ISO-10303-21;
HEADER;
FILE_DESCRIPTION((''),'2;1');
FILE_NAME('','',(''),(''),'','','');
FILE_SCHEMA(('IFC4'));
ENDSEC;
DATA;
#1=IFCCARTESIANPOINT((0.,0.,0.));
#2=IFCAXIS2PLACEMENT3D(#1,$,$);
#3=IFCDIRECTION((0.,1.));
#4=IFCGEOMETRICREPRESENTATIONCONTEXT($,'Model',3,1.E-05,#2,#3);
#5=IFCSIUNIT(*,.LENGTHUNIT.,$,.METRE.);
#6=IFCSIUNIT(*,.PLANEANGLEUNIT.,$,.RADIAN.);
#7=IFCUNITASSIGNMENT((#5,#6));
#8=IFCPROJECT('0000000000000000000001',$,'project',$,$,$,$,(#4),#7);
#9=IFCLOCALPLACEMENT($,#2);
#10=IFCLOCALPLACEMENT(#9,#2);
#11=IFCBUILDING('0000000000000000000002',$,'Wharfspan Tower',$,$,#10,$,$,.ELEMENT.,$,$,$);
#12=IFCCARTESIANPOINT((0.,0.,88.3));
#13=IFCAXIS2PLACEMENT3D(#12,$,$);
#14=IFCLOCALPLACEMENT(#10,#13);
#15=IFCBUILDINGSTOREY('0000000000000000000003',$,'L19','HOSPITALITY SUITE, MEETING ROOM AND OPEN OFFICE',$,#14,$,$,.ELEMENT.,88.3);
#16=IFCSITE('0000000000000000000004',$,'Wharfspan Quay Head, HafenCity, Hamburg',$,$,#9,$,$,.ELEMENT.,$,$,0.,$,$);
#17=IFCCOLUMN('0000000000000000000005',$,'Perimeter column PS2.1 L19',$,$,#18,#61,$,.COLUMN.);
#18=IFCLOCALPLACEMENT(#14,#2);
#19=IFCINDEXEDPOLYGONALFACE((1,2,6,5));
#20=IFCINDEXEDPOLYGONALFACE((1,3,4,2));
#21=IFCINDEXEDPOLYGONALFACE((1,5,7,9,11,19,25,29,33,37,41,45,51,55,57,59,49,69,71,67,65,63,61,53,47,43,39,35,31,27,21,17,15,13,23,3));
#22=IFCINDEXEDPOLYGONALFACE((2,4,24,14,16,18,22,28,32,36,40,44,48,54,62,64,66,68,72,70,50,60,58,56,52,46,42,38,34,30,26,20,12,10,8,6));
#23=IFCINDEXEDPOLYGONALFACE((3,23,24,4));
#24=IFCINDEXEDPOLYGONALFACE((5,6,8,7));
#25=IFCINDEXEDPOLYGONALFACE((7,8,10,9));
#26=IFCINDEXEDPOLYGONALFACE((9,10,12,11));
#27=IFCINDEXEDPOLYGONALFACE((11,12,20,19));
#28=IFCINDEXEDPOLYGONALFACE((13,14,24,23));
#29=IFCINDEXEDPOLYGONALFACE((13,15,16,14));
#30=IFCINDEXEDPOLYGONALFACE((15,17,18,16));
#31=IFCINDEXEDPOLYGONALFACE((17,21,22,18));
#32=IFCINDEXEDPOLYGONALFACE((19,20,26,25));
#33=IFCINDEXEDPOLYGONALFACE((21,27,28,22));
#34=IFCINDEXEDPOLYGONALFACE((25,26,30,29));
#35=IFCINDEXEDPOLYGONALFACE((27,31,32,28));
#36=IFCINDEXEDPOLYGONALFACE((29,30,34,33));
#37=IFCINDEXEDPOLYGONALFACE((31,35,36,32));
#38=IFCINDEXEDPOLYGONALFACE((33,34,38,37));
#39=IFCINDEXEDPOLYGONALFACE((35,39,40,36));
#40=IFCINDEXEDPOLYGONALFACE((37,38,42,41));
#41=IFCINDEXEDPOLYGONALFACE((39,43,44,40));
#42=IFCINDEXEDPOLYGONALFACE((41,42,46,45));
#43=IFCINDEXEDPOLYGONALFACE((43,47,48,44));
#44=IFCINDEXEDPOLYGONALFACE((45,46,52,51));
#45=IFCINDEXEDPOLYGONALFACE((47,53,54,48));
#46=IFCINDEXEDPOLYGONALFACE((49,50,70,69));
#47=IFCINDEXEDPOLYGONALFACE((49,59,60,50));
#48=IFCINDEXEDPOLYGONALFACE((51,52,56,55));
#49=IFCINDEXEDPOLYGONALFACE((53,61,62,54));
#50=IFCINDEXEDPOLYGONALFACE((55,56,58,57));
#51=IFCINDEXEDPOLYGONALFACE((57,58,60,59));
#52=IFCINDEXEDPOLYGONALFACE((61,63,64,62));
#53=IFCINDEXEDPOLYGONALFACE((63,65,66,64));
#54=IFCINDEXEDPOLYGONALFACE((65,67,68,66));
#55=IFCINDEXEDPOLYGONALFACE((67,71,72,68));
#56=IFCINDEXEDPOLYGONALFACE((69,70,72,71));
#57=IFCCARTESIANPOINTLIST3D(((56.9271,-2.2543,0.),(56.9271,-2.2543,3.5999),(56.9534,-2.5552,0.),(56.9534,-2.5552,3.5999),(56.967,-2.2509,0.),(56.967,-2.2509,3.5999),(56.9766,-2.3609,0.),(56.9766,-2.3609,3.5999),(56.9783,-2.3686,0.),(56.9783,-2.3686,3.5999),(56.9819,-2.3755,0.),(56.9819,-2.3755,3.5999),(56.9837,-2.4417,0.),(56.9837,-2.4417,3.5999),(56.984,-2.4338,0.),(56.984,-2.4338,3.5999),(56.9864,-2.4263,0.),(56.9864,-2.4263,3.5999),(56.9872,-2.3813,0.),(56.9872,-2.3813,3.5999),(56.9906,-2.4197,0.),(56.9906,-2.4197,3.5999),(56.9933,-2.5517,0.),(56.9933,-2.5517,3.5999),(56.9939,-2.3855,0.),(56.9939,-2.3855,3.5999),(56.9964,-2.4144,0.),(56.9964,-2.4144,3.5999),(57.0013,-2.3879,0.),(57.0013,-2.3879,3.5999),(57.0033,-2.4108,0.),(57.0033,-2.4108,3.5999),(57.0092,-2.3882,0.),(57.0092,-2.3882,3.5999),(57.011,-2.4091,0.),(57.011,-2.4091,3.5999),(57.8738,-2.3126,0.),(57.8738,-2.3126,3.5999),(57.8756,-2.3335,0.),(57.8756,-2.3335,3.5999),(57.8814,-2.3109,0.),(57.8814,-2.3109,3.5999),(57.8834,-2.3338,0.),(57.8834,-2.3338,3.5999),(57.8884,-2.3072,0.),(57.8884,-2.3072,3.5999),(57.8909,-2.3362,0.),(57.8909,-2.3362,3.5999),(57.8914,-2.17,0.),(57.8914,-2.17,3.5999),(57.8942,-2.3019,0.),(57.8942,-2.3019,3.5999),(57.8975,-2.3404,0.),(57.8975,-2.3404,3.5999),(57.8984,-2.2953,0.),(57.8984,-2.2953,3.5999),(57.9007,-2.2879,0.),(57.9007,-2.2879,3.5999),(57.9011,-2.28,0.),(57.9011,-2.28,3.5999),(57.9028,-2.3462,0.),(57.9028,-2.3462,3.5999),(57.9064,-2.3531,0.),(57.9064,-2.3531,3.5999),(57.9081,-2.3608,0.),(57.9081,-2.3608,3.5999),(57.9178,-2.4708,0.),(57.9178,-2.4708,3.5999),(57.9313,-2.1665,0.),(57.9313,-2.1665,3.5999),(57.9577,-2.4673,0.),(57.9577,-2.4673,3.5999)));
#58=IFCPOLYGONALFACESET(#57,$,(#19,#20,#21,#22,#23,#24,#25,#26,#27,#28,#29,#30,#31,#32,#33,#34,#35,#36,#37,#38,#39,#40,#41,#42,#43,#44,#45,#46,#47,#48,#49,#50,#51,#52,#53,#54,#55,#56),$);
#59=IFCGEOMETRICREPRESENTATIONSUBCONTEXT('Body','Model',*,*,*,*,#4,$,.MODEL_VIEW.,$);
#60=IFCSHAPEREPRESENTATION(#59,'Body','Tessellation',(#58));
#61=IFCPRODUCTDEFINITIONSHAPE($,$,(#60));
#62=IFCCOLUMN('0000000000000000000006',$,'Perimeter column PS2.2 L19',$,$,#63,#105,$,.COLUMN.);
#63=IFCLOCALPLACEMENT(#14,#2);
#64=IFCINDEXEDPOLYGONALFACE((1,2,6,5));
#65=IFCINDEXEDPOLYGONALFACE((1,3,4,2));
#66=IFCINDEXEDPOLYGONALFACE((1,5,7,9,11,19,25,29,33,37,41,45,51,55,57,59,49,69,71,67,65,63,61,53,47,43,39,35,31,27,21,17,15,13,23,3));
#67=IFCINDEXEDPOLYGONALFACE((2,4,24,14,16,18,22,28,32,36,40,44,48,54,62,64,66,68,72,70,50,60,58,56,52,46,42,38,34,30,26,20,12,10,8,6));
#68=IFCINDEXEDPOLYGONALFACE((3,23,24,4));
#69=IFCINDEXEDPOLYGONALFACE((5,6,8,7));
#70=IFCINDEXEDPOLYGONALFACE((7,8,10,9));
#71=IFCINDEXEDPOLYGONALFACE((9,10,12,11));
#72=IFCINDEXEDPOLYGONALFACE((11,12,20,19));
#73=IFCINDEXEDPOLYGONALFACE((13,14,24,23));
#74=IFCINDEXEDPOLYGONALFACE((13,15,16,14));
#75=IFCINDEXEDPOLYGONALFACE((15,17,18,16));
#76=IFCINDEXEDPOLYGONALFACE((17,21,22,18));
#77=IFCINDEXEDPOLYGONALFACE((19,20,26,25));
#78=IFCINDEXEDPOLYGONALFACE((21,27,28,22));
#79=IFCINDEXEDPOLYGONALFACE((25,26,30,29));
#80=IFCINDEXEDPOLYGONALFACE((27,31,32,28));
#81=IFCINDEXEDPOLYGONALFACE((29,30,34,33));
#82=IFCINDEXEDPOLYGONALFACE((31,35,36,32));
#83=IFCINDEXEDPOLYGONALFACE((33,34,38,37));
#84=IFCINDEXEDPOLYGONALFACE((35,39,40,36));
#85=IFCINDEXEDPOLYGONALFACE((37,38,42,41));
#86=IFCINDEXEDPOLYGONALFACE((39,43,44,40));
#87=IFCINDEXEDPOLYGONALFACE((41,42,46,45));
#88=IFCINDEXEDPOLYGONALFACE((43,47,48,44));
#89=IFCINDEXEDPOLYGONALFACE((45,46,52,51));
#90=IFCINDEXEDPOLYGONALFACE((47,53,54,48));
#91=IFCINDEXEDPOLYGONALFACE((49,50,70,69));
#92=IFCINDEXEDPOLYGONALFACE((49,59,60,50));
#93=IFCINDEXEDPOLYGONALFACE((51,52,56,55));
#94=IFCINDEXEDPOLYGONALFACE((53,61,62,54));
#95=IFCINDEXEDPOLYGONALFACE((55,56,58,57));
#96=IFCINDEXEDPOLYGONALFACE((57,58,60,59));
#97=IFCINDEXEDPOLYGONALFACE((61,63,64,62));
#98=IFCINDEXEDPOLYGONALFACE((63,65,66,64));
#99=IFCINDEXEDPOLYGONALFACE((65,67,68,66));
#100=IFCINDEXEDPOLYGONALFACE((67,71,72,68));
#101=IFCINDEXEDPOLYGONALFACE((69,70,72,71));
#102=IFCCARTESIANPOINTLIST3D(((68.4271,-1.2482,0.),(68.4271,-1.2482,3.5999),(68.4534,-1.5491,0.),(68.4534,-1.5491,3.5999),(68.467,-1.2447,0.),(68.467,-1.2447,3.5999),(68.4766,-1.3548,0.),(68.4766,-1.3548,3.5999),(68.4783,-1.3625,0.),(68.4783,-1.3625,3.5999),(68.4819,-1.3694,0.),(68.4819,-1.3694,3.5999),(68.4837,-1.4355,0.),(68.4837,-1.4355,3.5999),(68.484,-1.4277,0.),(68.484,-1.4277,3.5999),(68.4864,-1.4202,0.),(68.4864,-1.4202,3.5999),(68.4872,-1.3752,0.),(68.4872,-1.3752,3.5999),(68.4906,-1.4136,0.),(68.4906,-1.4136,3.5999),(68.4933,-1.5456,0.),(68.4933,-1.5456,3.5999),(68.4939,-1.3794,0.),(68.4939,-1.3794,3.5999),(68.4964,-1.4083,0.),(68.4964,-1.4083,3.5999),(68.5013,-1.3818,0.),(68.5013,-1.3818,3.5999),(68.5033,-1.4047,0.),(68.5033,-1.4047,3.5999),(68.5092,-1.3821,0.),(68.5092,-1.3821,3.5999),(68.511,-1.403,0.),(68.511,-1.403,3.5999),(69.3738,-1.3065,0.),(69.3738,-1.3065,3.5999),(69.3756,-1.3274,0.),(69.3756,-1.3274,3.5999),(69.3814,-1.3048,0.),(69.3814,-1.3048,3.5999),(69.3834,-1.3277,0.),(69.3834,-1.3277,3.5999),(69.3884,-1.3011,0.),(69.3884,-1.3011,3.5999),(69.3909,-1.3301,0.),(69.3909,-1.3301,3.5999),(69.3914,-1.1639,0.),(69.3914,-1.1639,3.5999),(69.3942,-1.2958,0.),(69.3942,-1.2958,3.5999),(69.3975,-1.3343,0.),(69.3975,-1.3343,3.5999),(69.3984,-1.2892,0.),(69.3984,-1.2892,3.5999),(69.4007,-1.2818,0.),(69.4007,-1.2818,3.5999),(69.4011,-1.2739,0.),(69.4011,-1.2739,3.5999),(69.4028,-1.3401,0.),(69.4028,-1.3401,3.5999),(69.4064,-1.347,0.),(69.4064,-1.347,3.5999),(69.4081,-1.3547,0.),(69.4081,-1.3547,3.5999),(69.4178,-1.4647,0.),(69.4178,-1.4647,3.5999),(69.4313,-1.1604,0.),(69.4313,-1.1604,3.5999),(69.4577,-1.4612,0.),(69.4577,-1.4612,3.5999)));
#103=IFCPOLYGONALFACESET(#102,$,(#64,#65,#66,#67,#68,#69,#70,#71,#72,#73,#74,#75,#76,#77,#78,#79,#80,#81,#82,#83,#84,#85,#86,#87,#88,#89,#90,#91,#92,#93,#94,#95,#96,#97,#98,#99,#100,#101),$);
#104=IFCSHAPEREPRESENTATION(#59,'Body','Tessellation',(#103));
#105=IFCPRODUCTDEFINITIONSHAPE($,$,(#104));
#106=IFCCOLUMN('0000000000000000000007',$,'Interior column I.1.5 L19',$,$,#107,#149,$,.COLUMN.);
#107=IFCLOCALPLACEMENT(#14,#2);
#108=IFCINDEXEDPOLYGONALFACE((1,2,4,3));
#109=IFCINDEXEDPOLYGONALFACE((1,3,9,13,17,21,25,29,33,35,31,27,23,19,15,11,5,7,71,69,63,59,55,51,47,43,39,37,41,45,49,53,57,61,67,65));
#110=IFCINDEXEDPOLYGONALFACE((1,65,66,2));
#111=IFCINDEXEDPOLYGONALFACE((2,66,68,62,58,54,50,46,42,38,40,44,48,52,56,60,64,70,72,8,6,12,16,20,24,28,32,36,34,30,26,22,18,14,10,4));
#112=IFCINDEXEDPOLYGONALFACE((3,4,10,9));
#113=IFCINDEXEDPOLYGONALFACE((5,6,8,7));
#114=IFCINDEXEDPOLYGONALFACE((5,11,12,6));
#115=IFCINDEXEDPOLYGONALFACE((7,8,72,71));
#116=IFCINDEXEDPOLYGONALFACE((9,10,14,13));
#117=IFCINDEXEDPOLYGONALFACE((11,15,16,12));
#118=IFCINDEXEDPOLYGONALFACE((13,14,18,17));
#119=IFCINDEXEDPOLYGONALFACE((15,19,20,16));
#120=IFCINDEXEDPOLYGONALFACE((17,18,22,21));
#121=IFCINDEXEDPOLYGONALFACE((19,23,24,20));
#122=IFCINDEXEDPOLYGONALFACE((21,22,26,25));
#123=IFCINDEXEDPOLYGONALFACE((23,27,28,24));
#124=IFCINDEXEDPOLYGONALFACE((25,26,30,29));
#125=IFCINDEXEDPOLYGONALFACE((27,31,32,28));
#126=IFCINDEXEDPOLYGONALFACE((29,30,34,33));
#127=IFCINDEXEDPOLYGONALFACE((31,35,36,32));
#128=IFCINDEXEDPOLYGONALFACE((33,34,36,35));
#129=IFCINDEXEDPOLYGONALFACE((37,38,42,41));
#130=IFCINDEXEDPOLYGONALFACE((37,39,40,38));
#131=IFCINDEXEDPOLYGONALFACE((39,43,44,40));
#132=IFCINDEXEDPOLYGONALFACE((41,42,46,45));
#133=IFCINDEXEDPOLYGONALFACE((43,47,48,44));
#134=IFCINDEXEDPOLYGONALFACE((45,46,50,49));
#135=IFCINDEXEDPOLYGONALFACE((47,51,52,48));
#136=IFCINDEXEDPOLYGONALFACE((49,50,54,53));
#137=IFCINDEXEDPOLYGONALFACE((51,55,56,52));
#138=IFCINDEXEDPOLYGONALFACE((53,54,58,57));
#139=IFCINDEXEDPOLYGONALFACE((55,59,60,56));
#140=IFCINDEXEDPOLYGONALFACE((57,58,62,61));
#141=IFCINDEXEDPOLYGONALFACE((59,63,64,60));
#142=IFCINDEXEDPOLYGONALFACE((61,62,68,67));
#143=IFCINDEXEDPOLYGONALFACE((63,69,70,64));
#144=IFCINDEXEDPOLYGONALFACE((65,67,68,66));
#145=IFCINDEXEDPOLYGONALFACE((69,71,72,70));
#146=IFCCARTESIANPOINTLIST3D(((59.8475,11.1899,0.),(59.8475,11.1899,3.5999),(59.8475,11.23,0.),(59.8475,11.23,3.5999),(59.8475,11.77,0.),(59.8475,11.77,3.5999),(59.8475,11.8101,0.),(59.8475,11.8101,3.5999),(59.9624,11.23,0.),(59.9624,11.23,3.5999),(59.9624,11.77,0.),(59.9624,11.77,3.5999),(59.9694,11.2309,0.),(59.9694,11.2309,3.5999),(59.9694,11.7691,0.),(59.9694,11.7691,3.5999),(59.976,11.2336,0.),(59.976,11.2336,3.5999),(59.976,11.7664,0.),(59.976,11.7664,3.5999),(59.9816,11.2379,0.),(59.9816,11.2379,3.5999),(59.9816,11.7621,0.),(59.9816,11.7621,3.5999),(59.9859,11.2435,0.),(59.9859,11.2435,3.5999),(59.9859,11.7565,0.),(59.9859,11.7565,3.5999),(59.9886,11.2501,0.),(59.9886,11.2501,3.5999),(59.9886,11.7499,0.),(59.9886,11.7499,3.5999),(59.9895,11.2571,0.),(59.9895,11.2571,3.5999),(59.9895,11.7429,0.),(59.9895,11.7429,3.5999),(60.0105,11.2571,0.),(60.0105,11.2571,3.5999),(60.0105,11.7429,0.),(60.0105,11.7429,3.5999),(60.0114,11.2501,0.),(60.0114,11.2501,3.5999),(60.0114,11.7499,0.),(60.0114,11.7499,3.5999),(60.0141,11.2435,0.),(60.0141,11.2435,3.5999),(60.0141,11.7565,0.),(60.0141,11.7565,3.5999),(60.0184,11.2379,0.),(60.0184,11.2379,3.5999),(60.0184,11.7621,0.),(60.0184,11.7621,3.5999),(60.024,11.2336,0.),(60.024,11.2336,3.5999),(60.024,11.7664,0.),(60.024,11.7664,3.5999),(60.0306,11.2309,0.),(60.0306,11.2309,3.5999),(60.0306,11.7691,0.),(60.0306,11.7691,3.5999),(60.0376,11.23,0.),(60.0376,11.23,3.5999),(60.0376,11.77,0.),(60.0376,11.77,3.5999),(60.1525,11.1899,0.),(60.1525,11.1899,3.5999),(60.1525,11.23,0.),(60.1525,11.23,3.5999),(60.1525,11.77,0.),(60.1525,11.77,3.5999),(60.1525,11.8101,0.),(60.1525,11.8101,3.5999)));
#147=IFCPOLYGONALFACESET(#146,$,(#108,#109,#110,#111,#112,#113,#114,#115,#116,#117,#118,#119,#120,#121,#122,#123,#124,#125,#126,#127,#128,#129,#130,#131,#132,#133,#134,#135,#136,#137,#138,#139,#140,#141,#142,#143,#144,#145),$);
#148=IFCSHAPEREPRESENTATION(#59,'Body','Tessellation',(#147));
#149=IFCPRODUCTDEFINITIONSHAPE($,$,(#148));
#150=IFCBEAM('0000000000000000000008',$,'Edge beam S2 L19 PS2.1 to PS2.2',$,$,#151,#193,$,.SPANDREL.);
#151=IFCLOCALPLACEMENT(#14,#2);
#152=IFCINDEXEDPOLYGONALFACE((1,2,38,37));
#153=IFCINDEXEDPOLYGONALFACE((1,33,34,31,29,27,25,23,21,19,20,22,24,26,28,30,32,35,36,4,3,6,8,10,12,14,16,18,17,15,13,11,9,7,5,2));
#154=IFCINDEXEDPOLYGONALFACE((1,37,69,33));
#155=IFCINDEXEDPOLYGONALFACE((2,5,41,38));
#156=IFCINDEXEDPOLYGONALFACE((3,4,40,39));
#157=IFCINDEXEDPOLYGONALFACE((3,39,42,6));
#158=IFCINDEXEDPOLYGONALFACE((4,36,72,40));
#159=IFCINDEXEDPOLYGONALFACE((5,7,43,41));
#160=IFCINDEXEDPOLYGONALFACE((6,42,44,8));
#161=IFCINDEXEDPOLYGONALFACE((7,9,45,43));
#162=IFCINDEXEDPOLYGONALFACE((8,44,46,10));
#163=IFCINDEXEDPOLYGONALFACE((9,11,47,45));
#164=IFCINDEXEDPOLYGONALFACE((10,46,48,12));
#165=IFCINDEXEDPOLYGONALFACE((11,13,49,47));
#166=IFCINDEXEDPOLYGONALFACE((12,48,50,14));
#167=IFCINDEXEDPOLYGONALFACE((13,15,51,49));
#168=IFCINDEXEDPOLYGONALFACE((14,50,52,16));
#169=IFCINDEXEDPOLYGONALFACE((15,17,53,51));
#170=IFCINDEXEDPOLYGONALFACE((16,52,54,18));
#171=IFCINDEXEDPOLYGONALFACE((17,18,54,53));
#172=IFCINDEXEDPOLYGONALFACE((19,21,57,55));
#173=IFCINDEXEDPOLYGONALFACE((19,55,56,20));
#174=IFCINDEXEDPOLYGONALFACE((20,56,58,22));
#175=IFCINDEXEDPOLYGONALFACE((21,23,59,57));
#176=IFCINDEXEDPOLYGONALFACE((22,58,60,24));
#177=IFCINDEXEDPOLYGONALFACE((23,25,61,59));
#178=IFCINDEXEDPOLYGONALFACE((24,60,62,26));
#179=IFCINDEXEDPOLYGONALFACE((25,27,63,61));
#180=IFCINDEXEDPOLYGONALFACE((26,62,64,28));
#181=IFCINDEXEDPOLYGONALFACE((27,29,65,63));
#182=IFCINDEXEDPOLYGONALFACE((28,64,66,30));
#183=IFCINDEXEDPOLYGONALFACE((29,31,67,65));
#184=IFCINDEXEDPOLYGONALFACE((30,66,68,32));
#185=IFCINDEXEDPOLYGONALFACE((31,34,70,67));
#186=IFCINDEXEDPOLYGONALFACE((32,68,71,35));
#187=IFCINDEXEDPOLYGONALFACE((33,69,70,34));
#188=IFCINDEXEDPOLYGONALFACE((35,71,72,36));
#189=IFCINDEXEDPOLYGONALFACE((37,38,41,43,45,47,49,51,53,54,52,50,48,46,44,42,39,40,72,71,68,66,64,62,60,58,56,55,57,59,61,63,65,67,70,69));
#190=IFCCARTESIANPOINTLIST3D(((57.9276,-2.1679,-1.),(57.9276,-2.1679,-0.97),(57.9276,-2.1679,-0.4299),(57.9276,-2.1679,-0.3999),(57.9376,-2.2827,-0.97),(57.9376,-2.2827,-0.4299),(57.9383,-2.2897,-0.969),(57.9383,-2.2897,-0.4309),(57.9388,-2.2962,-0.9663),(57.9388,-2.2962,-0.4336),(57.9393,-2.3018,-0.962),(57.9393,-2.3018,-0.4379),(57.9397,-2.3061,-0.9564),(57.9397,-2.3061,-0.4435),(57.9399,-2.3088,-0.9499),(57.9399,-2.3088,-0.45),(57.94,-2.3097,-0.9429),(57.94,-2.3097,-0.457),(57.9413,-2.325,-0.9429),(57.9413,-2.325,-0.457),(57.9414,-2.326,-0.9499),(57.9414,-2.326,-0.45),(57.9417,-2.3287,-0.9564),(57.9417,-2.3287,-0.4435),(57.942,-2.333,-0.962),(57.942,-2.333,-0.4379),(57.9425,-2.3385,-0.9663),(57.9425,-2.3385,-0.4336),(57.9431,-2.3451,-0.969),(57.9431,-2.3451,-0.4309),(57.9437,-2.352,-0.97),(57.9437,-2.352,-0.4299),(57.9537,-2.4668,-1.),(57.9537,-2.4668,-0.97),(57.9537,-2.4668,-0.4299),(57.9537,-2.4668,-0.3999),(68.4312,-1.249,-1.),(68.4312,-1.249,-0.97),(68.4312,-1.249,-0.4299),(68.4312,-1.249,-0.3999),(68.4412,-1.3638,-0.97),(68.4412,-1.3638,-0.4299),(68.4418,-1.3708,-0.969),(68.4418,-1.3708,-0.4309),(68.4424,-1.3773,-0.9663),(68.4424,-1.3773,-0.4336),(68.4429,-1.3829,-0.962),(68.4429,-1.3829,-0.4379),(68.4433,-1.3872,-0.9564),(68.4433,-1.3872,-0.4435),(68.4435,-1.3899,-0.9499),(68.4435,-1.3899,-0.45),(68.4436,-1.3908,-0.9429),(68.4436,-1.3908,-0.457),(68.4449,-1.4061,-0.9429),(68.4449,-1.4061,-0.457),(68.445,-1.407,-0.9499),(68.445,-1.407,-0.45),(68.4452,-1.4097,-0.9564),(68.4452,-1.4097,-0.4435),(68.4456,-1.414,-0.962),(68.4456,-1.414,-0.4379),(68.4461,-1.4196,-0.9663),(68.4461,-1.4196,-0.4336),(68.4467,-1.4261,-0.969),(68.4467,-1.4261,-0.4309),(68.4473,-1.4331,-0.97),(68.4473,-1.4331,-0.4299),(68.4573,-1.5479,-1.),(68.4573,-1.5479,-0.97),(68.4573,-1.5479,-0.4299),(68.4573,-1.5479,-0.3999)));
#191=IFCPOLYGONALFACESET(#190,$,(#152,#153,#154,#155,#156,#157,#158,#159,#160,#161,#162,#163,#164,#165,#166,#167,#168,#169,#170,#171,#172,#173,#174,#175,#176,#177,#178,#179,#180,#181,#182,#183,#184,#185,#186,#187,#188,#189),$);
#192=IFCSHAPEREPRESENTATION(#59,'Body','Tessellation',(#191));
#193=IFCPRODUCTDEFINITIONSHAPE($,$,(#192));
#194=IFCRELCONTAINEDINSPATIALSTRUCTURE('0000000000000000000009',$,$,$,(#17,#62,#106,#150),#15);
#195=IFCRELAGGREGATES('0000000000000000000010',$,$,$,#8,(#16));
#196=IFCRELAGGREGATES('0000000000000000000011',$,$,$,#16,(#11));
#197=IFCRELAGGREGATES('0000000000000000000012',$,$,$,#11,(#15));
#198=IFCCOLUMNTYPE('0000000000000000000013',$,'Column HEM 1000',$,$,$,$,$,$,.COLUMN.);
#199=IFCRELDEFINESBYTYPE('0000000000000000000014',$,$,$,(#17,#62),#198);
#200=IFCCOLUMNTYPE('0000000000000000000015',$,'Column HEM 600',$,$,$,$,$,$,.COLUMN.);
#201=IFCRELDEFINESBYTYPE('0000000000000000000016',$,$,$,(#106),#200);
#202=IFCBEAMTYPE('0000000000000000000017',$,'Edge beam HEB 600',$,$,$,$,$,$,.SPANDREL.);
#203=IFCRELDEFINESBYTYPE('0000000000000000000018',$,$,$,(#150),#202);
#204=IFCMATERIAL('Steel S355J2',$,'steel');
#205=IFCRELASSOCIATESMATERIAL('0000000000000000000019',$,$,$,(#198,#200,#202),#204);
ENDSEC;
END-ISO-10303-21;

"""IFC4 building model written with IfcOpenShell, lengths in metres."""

from ifc_helpers import new_model, si_unit, direction, frame, origin, origin_2d, place, context, subcontext, project, spatial, i_section, extrude, material, material_profile, profile_set, type_object, element, save


model = new_model("IFC4")

# Units and contexts
model_context = context("Model", 3, precision=1e-05, world=origin(), true_north=direction((0.0, 1.0)))
body_context = subcontext(model_context, "Body", "Model", "MODEL_VIEW")
ifc_project = project(units=[si_unit("LENGTHUNIT", "METRE"), si_unit("PLANEANGLEUNIT", "RADIAN")], contexts=[model_context])

# Site, building, storey
site_placement = place(None, origin())
site = spatial("IfcSite", under=ifc_project, at=site_placement, Name="Wharfspan Quay Head, HafenCity, Hamburg", CompositionType="ELEMENT", RefElevation=0.0)
building_placement = place(site_placement, origin())
building = spatial("IfcBuilding", under=site, at=building_placement, Name="Wharfspan Tower", CompositionType="ELEMENT")
storey_placement = place(building_placement, frame((0.0, 0.0, 88.3)))
storey = spatial("IfcBuildingStorey", under=building, at=storey_placement, Name="L19", Description="HOSPITALITY SUITE, MEETING ROOM AND OPEN OFFICE", CompositionType="ELEMENT", Elevation=88.3)

# Columns
ifc_material_1 = material(Name="Steel S355J2", Category="steel")
ifc_material_profile_1 = material_profile(ifc_material_1, i_section(OverallWidth=0.302, OverallDepth=1.0081, WebThickness=0.021, FlangeThickness=0.04, FilletRadius=0.03, at=origin_2d()))
ifc_profile_set_1 = profile_set([ifc_material_profile_1], Name="Steel S355J2")
column_type_1 = type_object("IfcColumnType", Name="Column HEM 1000", PredefinedType="COLUMN", material=ifc_profile_set_1)
for number, where, z_axis, x_axis, name in (
    (1, (57.4424, -2.3608, 0.0), (0.0, 0.0, 1.0), (0.087156, -0.996198, 0.0), "Perimeter column PS2.1 L19"),
    (2, (68.9424, -1.3547, 0.0), (0.0, 0.0, 1.0), (0.087156, -0.996198, 0.0), "Perimeter column PS2.2 L19"),
):
    element("IfcColumn", number, at=place(storey_placement, frame(where, z_axis=z_axis, x_axis=x_axis)), inside=storey, type_object=column_type_1, Name=name, PredefinedType="COLUMN", context=body_context, shape_type="SweptSolid", body=[
        extrude(i_section(OverallWidth=0.302, OverallDepth=1.0081, WebThickness=0.021, FlangeThickness=0.04, FilletRadius=0.03, at=origin_2d()), origin(), (0.0, 0.0, 1.0), 3.5999),
    ])
ifc_material_profile_2 = material_profile(ifc_material_1, i_section(OverallWidth=0.3049, OverallDepth=0.6201, WebThickness=0.021, FlangeThickness=0.04, FilletRadius=0.0271, at=origin_2d()))
ifc_profile_set_2 = profile_set([ifc_material_profile_2], Name="Steel S355J2")
column_type_2 = type_object("IfcColumnType", Name="Column HEM 600", PredefinedType="COLUMN", material=ifc_profile_set_2)
column_placement = place(storey_placement, frame((60.0, 11.5, 0.0), z_axis=(0.0, 0.0, 1.0), x_axis=(1.0, 0.0, 0.0)))
element("IfcColumn", 3, at=column_placement, inside=storey, type_object=column_type_2, Name="Interior column I.1.5 L19", PredefinedType="COLUMN", context=body_context, shape_type="SweptSolid", body=[
    extrude(i_section(OverallWidth=0.3049, OverallDepth=0.6201, WebThickness=0.021, FlangeThickness=0.04, FilletRadius=0.0271, at=origin_2d()), origin(), (0.0, 0.0, 1.0), 3.5999),
])

# Beam
ifc_material_profile_3 = material_profile(ifc_material_1, i_section(OverallWidth=0.3, OverallDepth=0.6001, WebThickness=0.0154, FlangeThickness=0.03, FilletRadius=0.0271, at=origin_2d()))
ifc_profile_set_3 = profile_set([ifc_material_profile_3], Name="Steel S355J2")
beam_type = type_object("IfcBeamType", Name="Edge beam HEB 600", PredefinedType="SPANDREL", material=ifc_profile_set_3)
for number, where, z_axis, x_axis, name in (
    (4, (57.9407, -2.3174, -0.7), (0.996195, 0.087155, 0.0), (-0.087155, 0.996195, 0.0), "Edge beam S2 L19 PS2.1 to PS2.2"),
):
    element("IfcBeam", number, at=place(storey_placement, frame(where, z_axis=z_axis, x_axis=x_axis)), inside=storey, type_object=beam_type, Name=name, PredefinedType="SPANDREL", context=body_context, shape_type="SweptSolid", body=[
        extrude(i_section(OverallWidth=0.3, OverallDepth=0.6001, WebThickness=0.0154, FlangeThickness=0.03, FilletRadius=0.0271, at=origin_2d()), origin(), (0.0, 0.0, 1.0), 10.5437),
    ])

save(model, "model.ifc")
